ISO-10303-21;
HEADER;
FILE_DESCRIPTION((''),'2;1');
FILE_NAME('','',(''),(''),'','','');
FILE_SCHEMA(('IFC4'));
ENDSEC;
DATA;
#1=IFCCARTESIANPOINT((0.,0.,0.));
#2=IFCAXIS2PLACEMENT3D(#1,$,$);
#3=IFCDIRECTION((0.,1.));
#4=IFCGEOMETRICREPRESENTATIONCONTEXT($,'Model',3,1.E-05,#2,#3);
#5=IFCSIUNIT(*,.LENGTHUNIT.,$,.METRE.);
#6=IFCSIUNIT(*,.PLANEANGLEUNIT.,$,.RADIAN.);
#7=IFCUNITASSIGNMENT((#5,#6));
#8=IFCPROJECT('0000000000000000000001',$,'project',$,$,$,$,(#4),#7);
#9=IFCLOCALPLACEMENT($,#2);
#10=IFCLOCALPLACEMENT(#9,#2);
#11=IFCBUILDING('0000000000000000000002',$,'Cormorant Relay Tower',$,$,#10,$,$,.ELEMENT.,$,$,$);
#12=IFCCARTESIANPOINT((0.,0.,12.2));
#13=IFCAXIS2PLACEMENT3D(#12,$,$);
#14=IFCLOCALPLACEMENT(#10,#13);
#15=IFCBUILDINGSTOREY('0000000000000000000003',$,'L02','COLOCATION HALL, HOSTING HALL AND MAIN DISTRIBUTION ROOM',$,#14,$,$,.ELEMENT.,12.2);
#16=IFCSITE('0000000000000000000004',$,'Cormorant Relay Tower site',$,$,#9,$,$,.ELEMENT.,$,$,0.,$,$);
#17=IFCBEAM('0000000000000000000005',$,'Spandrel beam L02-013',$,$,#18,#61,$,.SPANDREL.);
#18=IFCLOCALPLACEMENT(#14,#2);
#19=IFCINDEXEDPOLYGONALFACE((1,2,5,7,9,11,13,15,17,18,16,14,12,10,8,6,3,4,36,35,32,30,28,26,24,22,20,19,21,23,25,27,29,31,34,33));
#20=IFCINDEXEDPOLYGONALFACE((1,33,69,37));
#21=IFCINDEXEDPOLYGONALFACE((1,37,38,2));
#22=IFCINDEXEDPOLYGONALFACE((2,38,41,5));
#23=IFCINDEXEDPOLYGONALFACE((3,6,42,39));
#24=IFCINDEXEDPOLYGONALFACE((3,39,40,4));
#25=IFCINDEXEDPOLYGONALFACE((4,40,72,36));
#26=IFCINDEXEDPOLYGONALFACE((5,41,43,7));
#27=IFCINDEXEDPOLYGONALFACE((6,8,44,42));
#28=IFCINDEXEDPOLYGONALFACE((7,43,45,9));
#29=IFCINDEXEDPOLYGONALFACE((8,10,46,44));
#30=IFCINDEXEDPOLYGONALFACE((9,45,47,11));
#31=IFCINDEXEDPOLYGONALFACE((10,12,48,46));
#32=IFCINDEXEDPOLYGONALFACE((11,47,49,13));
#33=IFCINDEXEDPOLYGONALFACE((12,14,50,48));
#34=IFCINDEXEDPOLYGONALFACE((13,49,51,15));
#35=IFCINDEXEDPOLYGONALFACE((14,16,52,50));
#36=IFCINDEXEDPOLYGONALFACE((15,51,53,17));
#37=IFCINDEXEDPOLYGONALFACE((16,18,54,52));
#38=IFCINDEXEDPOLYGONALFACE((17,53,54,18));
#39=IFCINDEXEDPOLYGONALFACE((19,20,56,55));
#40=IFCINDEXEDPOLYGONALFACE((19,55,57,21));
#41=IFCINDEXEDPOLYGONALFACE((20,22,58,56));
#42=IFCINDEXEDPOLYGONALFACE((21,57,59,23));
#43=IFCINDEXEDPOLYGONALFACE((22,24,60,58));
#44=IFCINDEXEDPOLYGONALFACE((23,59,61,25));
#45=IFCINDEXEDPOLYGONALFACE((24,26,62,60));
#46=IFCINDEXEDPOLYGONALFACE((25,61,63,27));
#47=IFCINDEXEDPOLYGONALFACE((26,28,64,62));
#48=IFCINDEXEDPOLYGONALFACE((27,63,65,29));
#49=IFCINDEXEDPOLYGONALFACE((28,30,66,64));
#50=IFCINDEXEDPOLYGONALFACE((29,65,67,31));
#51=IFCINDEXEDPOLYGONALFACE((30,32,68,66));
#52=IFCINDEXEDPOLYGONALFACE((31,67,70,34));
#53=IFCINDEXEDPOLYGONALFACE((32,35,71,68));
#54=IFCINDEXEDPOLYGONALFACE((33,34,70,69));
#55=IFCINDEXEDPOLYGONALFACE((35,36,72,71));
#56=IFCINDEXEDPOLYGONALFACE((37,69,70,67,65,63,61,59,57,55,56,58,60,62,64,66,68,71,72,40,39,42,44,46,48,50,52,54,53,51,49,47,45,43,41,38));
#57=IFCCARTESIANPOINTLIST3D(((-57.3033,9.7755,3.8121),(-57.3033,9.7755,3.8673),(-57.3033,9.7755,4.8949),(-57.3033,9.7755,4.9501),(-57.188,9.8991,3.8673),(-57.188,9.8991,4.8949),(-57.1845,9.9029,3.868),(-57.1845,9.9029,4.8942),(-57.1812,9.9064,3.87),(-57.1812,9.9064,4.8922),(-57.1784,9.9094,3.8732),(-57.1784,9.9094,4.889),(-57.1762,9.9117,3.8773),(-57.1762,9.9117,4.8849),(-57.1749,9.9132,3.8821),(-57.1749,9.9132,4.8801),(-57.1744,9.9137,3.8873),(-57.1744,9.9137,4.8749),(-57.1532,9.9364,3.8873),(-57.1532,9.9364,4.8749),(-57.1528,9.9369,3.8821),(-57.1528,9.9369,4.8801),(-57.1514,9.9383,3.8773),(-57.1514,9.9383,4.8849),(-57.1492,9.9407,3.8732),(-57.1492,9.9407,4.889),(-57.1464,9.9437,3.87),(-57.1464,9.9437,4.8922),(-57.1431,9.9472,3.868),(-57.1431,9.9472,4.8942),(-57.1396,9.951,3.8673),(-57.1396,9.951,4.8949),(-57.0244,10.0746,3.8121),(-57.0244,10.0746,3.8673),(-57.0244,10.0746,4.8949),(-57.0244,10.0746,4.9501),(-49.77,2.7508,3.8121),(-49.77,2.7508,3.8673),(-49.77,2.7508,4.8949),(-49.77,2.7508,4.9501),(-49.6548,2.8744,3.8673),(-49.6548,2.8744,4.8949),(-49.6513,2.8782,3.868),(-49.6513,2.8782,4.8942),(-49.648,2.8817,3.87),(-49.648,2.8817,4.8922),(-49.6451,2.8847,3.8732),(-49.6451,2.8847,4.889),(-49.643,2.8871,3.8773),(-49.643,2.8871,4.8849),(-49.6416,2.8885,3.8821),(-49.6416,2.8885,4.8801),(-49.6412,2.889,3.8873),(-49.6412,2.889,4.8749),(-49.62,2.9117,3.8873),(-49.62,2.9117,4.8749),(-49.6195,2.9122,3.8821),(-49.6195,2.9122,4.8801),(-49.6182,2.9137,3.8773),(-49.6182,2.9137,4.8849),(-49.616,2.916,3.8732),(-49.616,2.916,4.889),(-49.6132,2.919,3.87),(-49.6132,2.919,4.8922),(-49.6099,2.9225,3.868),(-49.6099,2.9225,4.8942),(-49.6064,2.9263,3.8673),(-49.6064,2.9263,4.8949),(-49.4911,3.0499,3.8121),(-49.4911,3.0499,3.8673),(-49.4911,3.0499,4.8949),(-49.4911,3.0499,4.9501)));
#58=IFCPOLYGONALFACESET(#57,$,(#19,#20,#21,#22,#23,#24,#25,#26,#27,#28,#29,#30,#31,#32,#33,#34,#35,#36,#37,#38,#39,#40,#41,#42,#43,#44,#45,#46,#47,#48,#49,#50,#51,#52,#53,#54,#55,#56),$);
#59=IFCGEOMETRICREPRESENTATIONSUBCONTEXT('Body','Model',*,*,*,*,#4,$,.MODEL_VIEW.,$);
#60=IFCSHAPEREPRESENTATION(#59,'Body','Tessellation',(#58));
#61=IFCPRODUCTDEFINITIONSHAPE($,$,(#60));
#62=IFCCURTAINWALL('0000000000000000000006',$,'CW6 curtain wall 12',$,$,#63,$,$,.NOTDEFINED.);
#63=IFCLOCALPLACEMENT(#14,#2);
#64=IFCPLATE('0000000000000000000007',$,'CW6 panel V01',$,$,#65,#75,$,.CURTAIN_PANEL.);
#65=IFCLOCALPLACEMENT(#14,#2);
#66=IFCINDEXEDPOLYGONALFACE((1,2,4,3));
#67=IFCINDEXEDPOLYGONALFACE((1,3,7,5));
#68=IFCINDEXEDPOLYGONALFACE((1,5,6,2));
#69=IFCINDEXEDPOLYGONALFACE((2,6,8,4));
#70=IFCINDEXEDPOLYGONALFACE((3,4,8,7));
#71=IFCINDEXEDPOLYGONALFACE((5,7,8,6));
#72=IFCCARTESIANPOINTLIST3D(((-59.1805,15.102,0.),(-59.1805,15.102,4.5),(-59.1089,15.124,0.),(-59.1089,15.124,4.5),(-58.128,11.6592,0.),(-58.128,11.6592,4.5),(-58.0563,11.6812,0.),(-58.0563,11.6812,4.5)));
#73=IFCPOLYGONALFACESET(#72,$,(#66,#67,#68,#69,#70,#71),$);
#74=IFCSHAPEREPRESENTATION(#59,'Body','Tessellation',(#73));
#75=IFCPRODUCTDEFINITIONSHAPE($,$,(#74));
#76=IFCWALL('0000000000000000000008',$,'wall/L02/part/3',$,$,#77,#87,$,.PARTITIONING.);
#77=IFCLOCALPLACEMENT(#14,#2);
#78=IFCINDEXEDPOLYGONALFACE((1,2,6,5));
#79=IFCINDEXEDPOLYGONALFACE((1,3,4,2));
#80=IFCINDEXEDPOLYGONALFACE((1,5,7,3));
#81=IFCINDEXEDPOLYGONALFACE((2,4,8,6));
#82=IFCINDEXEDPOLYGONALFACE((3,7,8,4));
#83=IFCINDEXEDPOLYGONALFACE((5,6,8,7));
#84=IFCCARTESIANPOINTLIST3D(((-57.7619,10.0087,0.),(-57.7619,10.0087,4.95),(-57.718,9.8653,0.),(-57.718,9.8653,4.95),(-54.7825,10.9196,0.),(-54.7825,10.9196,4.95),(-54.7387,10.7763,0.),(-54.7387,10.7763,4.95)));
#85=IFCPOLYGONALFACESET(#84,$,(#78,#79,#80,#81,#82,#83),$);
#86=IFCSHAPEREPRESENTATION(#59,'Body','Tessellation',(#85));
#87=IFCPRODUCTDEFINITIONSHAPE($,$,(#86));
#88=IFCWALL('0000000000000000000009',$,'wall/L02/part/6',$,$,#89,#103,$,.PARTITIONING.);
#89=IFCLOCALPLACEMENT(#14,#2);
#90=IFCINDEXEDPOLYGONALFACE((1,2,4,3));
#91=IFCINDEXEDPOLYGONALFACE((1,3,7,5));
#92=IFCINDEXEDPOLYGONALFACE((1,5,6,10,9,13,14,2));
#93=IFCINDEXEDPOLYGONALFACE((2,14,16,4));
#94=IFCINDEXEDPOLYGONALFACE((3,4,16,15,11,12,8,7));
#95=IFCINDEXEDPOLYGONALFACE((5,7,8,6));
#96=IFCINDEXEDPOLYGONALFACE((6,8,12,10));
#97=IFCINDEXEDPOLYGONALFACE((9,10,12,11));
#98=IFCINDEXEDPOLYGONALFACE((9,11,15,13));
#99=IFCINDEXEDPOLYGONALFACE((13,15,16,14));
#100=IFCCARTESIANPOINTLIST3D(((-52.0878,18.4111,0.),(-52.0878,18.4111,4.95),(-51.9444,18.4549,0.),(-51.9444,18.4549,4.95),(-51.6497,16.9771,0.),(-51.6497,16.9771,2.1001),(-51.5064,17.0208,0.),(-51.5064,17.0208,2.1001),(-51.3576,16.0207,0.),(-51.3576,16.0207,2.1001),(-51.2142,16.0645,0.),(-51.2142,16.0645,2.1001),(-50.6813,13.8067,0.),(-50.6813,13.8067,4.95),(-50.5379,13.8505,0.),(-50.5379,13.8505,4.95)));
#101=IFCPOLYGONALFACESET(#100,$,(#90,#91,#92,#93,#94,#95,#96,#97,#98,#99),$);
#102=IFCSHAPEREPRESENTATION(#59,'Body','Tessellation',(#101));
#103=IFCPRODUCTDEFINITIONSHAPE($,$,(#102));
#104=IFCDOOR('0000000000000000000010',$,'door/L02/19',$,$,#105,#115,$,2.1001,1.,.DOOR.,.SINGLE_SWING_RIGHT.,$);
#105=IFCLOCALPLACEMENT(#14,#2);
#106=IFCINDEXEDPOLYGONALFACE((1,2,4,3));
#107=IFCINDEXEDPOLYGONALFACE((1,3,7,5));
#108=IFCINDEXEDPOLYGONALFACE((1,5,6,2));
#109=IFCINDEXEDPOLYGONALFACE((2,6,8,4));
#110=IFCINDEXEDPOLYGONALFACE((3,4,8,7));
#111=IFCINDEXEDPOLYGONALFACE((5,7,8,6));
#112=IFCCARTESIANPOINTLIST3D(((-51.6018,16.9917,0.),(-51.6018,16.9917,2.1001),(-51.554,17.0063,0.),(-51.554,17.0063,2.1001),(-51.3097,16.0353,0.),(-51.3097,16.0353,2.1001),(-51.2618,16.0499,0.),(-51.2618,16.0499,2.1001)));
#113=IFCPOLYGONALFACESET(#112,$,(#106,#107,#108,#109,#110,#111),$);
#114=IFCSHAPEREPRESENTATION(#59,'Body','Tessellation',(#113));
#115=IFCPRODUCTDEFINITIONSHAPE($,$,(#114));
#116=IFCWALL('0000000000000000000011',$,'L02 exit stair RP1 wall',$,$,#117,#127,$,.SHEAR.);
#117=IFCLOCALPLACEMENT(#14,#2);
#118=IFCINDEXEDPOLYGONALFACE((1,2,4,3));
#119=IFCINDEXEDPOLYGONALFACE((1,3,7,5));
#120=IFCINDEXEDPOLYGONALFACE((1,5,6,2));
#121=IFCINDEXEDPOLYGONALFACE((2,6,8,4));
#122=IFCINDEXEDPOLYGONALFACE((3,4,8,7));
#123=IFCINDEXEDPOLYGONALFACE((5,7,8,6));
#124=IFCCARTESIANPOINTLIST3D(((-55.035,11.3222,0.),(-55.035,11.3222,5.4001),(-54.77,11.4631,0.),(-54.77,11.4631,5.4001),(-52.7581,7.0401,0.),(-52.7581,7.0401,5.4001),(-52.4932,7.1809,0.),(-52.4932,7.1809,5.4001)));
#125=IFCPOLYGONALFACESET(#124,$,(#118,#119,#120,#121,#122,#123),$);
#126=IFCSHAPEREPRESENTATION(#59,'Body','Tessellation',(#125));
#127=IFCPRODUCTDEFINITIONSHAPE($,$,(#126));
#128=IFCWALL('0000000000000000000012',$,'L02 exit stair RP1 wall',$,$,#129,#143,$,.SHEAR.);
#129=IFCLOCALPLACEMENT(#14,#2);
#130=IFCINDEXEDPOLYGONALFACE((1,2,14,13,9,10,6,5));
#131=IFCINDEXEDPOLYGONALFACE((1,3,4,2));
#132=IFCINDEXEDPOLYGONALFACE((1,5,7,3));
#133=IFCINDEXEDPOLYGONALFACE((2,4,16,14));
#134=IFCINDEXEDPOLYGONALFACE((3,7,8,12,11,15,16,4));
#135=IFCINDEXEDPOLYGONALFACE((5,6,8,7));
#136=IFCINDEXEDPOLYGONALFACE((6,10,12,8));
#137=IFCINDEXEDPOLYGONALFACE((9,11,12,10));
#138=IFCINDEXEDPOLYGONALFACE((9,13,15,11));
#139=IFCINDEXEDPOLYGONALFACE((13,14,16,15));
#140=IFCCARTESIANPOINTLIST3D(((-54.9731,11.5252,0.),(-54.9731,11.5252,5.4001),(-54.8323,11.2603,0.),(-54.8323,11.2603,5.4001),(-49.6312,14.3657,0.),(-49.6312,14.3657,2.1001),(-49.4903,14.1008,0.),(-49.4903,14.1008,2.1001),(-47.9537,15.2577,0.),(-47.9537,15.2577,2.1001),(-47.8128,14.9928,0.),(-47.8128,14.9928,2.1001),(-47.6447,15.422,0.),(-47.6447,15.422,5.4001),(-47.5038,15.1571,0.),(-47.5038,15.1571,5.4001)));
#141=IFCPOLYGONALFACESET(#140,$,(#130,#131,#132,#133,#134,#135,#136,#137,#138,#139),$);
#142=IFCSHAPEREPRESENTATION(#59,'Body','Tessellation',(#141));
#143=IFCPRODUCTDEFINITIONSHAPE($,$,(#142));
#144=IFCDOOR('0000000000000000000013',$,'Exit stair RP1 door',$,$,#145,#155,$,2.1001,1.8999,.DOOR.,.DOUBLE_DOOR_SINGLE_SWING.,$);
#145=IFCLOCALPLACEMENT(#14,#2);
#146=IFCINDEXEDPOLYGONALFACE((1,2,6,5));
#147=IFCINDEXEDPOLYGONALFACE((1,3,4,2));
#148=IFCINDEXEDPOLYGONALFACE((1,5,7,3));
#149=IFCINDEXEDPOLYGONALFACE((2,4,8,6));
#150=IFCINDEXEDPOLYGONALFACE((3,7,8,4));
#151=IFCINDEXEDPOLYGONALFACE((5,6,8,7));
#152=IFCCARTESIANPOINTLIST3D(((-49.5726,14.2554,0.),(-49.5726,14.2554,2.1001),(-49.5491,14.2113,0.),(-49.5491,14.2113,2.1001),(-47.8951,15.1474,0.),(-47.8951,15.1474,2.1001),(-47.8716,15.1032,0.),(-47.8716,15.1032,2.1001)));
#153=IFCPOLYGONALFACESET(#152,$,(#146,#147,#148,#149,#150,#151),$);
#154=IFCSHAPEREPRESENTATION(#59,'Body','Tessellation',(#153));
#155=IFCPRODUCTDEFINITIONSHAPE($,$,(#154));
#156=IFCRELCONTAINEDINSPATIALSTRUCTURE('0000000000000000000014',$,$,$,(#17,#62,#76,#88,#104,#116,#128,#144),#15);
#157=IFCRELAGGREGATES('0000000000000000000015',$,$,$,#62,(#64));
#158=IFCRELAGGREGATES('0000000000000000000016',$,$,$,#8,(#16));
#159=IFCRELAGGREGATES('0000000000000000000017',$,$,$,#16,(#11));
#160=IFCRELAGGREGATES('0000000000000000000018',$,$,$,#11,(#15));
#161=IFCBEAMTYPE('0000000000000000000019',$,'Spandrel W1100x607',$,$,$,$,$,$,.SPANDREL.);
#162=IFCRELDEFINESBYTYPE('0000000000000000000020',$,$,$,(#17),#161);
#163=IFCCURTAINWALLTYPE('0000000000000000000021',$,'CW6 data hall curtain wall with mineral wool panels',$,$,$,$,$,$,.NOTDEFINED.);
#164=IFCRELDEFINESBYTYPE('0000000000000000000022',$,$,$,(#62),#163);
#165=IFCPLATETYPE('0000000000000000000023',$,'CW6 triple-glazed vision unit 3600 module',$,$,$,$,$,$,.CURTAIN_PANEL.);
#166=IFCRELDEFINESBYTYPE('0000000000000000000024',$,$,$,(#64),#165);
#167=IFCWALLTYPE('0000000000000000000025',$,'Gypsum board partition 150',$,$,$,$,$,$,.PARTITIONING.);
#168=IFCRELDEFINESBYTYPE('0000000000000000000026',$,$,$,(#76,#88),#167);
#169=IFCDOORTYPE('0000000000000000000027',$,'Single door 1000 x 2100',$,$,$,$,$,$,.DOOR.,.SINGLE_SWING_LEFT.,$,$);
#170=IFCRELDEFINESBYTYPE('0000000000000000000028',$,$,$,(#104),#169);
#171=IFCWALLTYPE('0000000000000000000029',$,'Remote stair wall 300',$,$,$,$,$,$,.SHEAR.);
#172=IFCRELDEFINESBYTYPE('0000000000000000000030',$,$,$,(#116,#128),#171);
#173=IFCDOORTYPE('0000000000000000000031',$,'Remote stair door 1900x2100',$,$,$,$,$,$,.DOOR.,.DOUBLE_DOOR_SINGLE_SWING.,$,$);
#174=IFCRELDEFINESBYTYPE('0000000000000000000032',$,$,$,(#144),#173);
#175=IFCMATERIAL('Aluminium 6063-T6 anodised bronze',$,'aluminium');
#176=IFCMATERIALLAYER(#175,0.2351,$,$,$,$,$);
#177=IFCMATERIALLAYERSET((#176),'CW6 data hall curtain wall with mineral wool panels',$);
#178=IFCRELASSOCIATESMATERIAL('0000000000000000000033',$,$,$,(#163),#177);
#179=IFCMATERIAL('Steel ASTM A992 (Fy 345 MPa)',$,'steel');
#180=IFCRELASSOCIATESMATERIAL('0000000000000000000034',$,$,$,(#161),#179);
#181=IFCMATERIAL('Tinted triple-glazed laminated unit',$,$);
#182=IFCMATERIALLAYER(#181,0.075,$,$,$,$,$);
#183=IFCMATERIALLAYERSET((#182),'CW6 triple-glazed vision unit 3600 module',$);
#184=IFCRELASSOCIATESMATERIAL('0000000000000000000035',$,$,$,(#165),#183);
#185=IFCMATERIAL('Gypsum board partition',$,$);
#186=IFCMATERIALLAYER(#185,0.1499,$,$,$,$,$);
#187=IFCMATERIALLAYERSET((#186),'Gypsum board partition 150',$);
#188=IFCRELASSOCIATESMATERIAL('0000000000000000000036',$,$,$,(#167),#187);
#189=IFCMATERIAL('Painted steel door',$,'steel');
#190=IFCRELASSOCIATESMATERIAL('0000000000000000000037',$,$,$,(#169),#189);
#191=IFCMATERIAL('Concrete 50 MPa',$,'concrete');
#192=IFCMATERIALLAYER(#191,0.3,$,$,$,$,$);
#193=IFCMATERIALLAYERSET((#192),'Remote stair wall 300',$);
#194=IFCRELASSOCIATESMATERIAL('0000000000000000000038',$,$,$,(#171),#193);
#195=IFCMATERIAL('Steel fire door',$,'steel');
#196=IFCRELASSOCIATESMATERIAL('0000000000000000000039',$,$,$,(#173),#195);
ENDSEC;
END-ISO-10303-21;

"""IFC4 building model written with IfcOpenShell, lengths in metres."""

from ifc_helpers import new_model, si_unit, direction, frame, frame_2d, origin, origin_2d, place, context, subcontext, project, spatial, rectangle, i_section, extrude, material, layer, layer_set, material_profile, profile_set, type_object, element, fill, aggregate, save


model = new_model("IFC4")

# Units and contexts
model_context = context("Model", 3, precision=1e-05, world=origin(), true_north=direction((0.0, 1.0)))
body_context = subcontext(model_context, "Body", "Model", "MODEL_VIEW")
ifc_project = project(units=[si_unit("LENGTHUNIT", "METRE"), si_unit("PLANEANGLEUNIT", "RADIAN")], contexts=[model_context])

# Site, building, storey
site_placement = place(None, origin())
site = spatial("IfcSite", under=ifc_project, at=site_placement, Name="Cormorant Relay Tower site", CompositionType="ELEMENT", RefElevation=0.0)
building_placement = place(site_placement, origin())
building = spatial("IfcBuilding", under=site, at=building_placement, Name="Cormorant Relay Tower", CompositionType="ELEMENT")
storey_placement = place(building_placement, frame((0.0, 0.0, 12.2)))
storey = spatial("IfcBuildingStorey", under=building, at=storey_placement, Name="L02", Description="COLOCATION HALL, HOSTING HALL AND MAIN DISTRIBUTION ROOM", CompositionType="ELEMENT", Elevation=12.2)

# Shared definitions
ifc_material_1 = material(Name="Aluminium 6063-T6 anodised bronze", Category="aluminium")
ifc_layer_1 = layer(ifc_material_1, 0.2351)
ifc_layer_set_1 = layer_set([ifc_layer_1], Name="CW6 data hall curtain wall with mineral wool panels")
curtain_wall_type = type_object("IfcCurtainWallType", Name="CW6 data hall curtain wall with mineral wool panels", PredefinedType="NOTDEFINED", material=ifc_layer_set_1)

# Beam
ifc_material_2 = material(Name="Steel ASTM A992 (Fy 345 MPa)", Category="steel")
ifc_material_profile_1 = material_profile(ifc_material_2, i_section(OverallWidth=0.4089, OverallDepth=1.1379, WebThickness=0.031, FlangeThickness=0.0552, FilletRadius=0.02, at=origin_2d()), Name="W1100x607")
ifc_profile_set_1 = profile_set([ifc_material_profile_1], Name="Steel ASTM A992 (Fy 345 MPa)")
beam_type = type_object("IfcBeamType", Name="Spandrel W1100x607", PredefinedType="SPANDREL", material=ifc_profile_set_1)
beam_placement = place(storey_placement, frame((-57.1638, 9.925, 4.3811), z_axis=(0.731362, -0.68199, 0.0), x_axis=(0.68199, 0.731362, 0.0)))
element("IfcBeam", 1, at=beam_placement, inside=storey, type_object=beam_type, Name="Spandrel beam L02-013", PredefinedType="SPANDREL", context=body_context, shape_type="SweptSolid", body=[
    extrude(i_section(OverallWidth=0.4089, OverallDepth=1.1379, WebThickness=0.031, FlangeThickness=0.0552, FilletRadius=0.02, at=origin_2d()), origin(), (0.0, 0.0, 1.0), 10.3003),
])

# Curtain wall, plate
curtain_wall_1_placement = place(storey_placement, origin())
curtain_wall_1 = element("IfcCurtainWall", 2, at=curtain_wall_1_placement, inside=storey, type_object=curtain_wall_type, Name="CW6 curtain wall 12", PredefinedType="NOTDEFINED")
ifc_material_3 = material(Name="Tinted triple-glazed laminated unit")
ifc_layer_2 = layer(ifc_material_3, 0.075)
ifc_layer_set_2 = layer_set([ifc_layer_2], Name="CW6 triple-glazed vision unit 3600 module")
plate_type = type_object("IfcPlateType", Name="CW6 triple-glazed vision unit 3600 module", PredefinedType="CURTAIN_PANEL", material=ifc_layer_set_2)
plate_placement = place(storey_placement, frame((-58.6184, 13.3916, 0.0), z_axis=(0.0, 0.0, 1.0), x_axis=(0.292372, -0.956305, 0.0)))
plate = element("IfcPlate", 3, at=plate_placement, type_object=plate_type, Name="CW6 panel V01", PredefinedType="CURTAIN_PANEL", context=body_context, shape_type="SweptSolid", body=[
    extrude(rectangle(XDim=3.6001, YDim=0.075, at=origin_2d()), origin(), (0.0, 0.0, 1.0), 4.5),
])

# Wall
ifc_material_4 = material(Name="Gypsum board partition")
ifc_layer_3 = layer(ifc_material_4, 0.1499)
ifc_layer_set_3 = layer_set([ifc_layer_3], Name="Gypsum board partition 150")
wall_type_1 = type_object("IfcWallType", Name="Gypsum board partition 150", PredefinedType="PARTITIONING", material=ifc_layer_set_3)
wall_1_placement = place(storey_placement, frame((-54.7607, 10.8479, 0.0), z_axis=(0.0, 0.0, 1.0), x_axis=(-0.956301, -0.292384, 0.0)))
element("IfcWall", 4, at=wall_1_placement, inside=storey, type_object=wall_type_1, Name="wall/L02/part/3", PredefinedType="PARTITIONING", context=body_context, shape_type="SweptSolid", body=[
    extrude(rectangle(XDim=3.1155, YDim=0.1499, at=frame_2d((1.5576, 0.0))), origin(), (0.0, 0.0, 1.0), 4.95),
])

# Wall, opening, door
wall_2_placement = place(storey_placement, frame((-50.6096, 13.8286, 0.0), z_axis=(0.0, 0.0, 1.0), x_axis=(-0.292136, 0.956377, 0.0)))
wall_2 = element("IfcWall", 5, at=wall_2_placement, inside=storey, type_object=wall_type_1, Name="wall/L02/part/6", PredefinedType="PARTITIONING", context=body_context, shape_type="SweptSolid", body=[
    extrude(rectangle(XDim=4.8145, YDim=0.1499, at=frame_2d((2.4072, 0.0))), origin(), (0.0, 0.0, 1.0), 4.95),
])
opening_1_placement = place(wall_2_placement, frame((2.3149, 0.0, 0.0)))
opening_1 = element("IfcOpeningElement", 6, at=opening_1_placement, cuts=wall_2, PredefinedType="OPENING", context=body_context, shape_type="SweptSolid", body=[
    extrude(rectangle(XDim=1.0, YDim=2.1001, at=frame_2d((0.5, 1.05))), frame((0.0, 0.085, 0.0), z_axis=(0.0, -1.0, 0.0), x_axis=(1.0, 0.0, 0.0)), (0.0, 0.0, 1.0), 0.1699),
])
ifc_material_5 = material(Name="Painted steel door", Category="steel")
door_type_1 = type_object("IfcDoorType", Name="Single door 1000 x 2100", OperationType="SINGLE_SWING_LEFT", PredefinedType="DOOR", material=ifc_material_5)
door_1_placement = place(opening_1_placement, origin())
door_1 = element("IfcDoor", 7, at=door_1_placement, inside=storey, type_object=door_type_1, Name="door/L02/19", OperationType="SINGLE_SWING_RIGHT", OverallHeight=2.1001, OverallWidth=1.0, PredefinedType="DOOR", context=body_context, shape_type="SweptSolid", body=[
    extrude(rectangle(XDim=1.0, YDim=2.1001, at=frame_2d((0.5, 1.05))), frame((0.0, 0.0249, 0.0), z_axis=(0.0, -1.0, 0.0), x_axis=(1.0, 0.0, 0.0)), (0.0, 0.0, 1.0), 0.05),
])
fill(opening_1, door_1)

# Wall
ifc_material_6 = material(Name="Concrete 50 MPa", Category="concrete")
ifc_layer_4 = layer(ifc_material_6, 0.3)
ifc_layer_set_4 = layer_set([ifc_layer_4], Name="Remote stair wall 300")
wall_type_2 = type_object("IfcWallType", Name="Remote stair wall 300", PredefinedType="SHEAR", material=ifc_layer_set_4)
wall_3_placement = place(storey_placement, frame((-52.6257, 7.1106, 0.0), z_axis=(0.0, 0.0, 1.0), x_axis=(-0.469464, 0.882951, 0.0)))
element("IfcWall", 8, at=wall_3_placement, inside=storey, type_object=wall_type_2, Name="L02 exit stair RP1 wall", PredefinedType="SHEAR", context=body_context, shape_type="SweptSolid", body=[
    extrude(rectangle(XDim=4.8499, YDim=0.3, at=frame_2d((2.4248, 0.0))), origin(), (0.0, 0.0, 1.0), 5.4001),
])

# Wall, opening, door
wall_4_placement = place(storey_placement, frame((-54.9026, 11.3928, 0.0), z_axis=(0.0, 0.0, 1.0), x_axis=(0.882939, 0.469487, 0.0)))
wall_4 = element("IfcWall", 9, at=wall_4_placement, inside=storey, type_object=wall_type_2, Name="L02 exit stair RP1 wall", PredefinedType="SHEAR", context=body_context, shape_type="SweptSolid", body=[
    extrude(rectangle(XDim=8.3, YDim=0.3, at=frame_2d((4.1499, 0.0))), origin(), (0.0, 0.0, 1.0), 5.4001),
])
opening_2_placement = place(wall_4_placement, frame((6.05, 0.0, 0.0)))
opening_2 = element("IfcOpeningElement", 10, at=opening_2_placement, cuts=wall_4, PredefinedType="OPENING", context=body_context, shape_type="SweptSolid", body=[
    extrude(rectangle(XDim=1.8999, YDim=2.1001, at=frame_2d((0.95, 1.05))), frame((0.0, 0.1599, 0.0), z_axis=(0.0, -1.0, 0.0), x_axis=(1.0, 0.0, 0.0)), (0.0, 0.0, 1.0), 0.3201),
])
ifc_material_7 = material(Name="Steel fire door", Category="steel")
door_type_2 = type_object("IfcDoorType", Name="Remote stair door 1900x2100", OperationType="DOUBLE_DOOR_SINGLE_SWING", PredefinedType="DOOR", material=ifc_material_7)
door_2_placement = place(opening_2_placement, frame((1.8999, 0.0, 0.0), z_axis=(0.0, 0.0, 1.0), x_axis=(-1.0, 0.0, 0.0)))
door_2 = element("IfcDoor", 11, at=door_2_placement, inside=storey, type_object=door_type_2, Name="Exit stair RP1 door", OperationType="DOUBLE_DOOR_SINGLE_SWING", OverallHeight=2.1001, OverallWidth=1.8999, PredefinedType="DOOR", context=body_context, shape_type="SweptSolid", body=[
    extrude(rectangle(XDim=1.8999, YDim=2.1001, at=frame_2d((0.95, 1.05))), frame((0.0, 0.0249, 0.0), z_axis=(0.0, -1.0, 0.0), x_axis=(1.0, 0.0, 0.0)), (0.0, 0.0, 1.0), 0.05),
])
fill(opening_2, door_2)

aggregate(curtain_wall_1, [plate])

save(model, "model.ifc")
